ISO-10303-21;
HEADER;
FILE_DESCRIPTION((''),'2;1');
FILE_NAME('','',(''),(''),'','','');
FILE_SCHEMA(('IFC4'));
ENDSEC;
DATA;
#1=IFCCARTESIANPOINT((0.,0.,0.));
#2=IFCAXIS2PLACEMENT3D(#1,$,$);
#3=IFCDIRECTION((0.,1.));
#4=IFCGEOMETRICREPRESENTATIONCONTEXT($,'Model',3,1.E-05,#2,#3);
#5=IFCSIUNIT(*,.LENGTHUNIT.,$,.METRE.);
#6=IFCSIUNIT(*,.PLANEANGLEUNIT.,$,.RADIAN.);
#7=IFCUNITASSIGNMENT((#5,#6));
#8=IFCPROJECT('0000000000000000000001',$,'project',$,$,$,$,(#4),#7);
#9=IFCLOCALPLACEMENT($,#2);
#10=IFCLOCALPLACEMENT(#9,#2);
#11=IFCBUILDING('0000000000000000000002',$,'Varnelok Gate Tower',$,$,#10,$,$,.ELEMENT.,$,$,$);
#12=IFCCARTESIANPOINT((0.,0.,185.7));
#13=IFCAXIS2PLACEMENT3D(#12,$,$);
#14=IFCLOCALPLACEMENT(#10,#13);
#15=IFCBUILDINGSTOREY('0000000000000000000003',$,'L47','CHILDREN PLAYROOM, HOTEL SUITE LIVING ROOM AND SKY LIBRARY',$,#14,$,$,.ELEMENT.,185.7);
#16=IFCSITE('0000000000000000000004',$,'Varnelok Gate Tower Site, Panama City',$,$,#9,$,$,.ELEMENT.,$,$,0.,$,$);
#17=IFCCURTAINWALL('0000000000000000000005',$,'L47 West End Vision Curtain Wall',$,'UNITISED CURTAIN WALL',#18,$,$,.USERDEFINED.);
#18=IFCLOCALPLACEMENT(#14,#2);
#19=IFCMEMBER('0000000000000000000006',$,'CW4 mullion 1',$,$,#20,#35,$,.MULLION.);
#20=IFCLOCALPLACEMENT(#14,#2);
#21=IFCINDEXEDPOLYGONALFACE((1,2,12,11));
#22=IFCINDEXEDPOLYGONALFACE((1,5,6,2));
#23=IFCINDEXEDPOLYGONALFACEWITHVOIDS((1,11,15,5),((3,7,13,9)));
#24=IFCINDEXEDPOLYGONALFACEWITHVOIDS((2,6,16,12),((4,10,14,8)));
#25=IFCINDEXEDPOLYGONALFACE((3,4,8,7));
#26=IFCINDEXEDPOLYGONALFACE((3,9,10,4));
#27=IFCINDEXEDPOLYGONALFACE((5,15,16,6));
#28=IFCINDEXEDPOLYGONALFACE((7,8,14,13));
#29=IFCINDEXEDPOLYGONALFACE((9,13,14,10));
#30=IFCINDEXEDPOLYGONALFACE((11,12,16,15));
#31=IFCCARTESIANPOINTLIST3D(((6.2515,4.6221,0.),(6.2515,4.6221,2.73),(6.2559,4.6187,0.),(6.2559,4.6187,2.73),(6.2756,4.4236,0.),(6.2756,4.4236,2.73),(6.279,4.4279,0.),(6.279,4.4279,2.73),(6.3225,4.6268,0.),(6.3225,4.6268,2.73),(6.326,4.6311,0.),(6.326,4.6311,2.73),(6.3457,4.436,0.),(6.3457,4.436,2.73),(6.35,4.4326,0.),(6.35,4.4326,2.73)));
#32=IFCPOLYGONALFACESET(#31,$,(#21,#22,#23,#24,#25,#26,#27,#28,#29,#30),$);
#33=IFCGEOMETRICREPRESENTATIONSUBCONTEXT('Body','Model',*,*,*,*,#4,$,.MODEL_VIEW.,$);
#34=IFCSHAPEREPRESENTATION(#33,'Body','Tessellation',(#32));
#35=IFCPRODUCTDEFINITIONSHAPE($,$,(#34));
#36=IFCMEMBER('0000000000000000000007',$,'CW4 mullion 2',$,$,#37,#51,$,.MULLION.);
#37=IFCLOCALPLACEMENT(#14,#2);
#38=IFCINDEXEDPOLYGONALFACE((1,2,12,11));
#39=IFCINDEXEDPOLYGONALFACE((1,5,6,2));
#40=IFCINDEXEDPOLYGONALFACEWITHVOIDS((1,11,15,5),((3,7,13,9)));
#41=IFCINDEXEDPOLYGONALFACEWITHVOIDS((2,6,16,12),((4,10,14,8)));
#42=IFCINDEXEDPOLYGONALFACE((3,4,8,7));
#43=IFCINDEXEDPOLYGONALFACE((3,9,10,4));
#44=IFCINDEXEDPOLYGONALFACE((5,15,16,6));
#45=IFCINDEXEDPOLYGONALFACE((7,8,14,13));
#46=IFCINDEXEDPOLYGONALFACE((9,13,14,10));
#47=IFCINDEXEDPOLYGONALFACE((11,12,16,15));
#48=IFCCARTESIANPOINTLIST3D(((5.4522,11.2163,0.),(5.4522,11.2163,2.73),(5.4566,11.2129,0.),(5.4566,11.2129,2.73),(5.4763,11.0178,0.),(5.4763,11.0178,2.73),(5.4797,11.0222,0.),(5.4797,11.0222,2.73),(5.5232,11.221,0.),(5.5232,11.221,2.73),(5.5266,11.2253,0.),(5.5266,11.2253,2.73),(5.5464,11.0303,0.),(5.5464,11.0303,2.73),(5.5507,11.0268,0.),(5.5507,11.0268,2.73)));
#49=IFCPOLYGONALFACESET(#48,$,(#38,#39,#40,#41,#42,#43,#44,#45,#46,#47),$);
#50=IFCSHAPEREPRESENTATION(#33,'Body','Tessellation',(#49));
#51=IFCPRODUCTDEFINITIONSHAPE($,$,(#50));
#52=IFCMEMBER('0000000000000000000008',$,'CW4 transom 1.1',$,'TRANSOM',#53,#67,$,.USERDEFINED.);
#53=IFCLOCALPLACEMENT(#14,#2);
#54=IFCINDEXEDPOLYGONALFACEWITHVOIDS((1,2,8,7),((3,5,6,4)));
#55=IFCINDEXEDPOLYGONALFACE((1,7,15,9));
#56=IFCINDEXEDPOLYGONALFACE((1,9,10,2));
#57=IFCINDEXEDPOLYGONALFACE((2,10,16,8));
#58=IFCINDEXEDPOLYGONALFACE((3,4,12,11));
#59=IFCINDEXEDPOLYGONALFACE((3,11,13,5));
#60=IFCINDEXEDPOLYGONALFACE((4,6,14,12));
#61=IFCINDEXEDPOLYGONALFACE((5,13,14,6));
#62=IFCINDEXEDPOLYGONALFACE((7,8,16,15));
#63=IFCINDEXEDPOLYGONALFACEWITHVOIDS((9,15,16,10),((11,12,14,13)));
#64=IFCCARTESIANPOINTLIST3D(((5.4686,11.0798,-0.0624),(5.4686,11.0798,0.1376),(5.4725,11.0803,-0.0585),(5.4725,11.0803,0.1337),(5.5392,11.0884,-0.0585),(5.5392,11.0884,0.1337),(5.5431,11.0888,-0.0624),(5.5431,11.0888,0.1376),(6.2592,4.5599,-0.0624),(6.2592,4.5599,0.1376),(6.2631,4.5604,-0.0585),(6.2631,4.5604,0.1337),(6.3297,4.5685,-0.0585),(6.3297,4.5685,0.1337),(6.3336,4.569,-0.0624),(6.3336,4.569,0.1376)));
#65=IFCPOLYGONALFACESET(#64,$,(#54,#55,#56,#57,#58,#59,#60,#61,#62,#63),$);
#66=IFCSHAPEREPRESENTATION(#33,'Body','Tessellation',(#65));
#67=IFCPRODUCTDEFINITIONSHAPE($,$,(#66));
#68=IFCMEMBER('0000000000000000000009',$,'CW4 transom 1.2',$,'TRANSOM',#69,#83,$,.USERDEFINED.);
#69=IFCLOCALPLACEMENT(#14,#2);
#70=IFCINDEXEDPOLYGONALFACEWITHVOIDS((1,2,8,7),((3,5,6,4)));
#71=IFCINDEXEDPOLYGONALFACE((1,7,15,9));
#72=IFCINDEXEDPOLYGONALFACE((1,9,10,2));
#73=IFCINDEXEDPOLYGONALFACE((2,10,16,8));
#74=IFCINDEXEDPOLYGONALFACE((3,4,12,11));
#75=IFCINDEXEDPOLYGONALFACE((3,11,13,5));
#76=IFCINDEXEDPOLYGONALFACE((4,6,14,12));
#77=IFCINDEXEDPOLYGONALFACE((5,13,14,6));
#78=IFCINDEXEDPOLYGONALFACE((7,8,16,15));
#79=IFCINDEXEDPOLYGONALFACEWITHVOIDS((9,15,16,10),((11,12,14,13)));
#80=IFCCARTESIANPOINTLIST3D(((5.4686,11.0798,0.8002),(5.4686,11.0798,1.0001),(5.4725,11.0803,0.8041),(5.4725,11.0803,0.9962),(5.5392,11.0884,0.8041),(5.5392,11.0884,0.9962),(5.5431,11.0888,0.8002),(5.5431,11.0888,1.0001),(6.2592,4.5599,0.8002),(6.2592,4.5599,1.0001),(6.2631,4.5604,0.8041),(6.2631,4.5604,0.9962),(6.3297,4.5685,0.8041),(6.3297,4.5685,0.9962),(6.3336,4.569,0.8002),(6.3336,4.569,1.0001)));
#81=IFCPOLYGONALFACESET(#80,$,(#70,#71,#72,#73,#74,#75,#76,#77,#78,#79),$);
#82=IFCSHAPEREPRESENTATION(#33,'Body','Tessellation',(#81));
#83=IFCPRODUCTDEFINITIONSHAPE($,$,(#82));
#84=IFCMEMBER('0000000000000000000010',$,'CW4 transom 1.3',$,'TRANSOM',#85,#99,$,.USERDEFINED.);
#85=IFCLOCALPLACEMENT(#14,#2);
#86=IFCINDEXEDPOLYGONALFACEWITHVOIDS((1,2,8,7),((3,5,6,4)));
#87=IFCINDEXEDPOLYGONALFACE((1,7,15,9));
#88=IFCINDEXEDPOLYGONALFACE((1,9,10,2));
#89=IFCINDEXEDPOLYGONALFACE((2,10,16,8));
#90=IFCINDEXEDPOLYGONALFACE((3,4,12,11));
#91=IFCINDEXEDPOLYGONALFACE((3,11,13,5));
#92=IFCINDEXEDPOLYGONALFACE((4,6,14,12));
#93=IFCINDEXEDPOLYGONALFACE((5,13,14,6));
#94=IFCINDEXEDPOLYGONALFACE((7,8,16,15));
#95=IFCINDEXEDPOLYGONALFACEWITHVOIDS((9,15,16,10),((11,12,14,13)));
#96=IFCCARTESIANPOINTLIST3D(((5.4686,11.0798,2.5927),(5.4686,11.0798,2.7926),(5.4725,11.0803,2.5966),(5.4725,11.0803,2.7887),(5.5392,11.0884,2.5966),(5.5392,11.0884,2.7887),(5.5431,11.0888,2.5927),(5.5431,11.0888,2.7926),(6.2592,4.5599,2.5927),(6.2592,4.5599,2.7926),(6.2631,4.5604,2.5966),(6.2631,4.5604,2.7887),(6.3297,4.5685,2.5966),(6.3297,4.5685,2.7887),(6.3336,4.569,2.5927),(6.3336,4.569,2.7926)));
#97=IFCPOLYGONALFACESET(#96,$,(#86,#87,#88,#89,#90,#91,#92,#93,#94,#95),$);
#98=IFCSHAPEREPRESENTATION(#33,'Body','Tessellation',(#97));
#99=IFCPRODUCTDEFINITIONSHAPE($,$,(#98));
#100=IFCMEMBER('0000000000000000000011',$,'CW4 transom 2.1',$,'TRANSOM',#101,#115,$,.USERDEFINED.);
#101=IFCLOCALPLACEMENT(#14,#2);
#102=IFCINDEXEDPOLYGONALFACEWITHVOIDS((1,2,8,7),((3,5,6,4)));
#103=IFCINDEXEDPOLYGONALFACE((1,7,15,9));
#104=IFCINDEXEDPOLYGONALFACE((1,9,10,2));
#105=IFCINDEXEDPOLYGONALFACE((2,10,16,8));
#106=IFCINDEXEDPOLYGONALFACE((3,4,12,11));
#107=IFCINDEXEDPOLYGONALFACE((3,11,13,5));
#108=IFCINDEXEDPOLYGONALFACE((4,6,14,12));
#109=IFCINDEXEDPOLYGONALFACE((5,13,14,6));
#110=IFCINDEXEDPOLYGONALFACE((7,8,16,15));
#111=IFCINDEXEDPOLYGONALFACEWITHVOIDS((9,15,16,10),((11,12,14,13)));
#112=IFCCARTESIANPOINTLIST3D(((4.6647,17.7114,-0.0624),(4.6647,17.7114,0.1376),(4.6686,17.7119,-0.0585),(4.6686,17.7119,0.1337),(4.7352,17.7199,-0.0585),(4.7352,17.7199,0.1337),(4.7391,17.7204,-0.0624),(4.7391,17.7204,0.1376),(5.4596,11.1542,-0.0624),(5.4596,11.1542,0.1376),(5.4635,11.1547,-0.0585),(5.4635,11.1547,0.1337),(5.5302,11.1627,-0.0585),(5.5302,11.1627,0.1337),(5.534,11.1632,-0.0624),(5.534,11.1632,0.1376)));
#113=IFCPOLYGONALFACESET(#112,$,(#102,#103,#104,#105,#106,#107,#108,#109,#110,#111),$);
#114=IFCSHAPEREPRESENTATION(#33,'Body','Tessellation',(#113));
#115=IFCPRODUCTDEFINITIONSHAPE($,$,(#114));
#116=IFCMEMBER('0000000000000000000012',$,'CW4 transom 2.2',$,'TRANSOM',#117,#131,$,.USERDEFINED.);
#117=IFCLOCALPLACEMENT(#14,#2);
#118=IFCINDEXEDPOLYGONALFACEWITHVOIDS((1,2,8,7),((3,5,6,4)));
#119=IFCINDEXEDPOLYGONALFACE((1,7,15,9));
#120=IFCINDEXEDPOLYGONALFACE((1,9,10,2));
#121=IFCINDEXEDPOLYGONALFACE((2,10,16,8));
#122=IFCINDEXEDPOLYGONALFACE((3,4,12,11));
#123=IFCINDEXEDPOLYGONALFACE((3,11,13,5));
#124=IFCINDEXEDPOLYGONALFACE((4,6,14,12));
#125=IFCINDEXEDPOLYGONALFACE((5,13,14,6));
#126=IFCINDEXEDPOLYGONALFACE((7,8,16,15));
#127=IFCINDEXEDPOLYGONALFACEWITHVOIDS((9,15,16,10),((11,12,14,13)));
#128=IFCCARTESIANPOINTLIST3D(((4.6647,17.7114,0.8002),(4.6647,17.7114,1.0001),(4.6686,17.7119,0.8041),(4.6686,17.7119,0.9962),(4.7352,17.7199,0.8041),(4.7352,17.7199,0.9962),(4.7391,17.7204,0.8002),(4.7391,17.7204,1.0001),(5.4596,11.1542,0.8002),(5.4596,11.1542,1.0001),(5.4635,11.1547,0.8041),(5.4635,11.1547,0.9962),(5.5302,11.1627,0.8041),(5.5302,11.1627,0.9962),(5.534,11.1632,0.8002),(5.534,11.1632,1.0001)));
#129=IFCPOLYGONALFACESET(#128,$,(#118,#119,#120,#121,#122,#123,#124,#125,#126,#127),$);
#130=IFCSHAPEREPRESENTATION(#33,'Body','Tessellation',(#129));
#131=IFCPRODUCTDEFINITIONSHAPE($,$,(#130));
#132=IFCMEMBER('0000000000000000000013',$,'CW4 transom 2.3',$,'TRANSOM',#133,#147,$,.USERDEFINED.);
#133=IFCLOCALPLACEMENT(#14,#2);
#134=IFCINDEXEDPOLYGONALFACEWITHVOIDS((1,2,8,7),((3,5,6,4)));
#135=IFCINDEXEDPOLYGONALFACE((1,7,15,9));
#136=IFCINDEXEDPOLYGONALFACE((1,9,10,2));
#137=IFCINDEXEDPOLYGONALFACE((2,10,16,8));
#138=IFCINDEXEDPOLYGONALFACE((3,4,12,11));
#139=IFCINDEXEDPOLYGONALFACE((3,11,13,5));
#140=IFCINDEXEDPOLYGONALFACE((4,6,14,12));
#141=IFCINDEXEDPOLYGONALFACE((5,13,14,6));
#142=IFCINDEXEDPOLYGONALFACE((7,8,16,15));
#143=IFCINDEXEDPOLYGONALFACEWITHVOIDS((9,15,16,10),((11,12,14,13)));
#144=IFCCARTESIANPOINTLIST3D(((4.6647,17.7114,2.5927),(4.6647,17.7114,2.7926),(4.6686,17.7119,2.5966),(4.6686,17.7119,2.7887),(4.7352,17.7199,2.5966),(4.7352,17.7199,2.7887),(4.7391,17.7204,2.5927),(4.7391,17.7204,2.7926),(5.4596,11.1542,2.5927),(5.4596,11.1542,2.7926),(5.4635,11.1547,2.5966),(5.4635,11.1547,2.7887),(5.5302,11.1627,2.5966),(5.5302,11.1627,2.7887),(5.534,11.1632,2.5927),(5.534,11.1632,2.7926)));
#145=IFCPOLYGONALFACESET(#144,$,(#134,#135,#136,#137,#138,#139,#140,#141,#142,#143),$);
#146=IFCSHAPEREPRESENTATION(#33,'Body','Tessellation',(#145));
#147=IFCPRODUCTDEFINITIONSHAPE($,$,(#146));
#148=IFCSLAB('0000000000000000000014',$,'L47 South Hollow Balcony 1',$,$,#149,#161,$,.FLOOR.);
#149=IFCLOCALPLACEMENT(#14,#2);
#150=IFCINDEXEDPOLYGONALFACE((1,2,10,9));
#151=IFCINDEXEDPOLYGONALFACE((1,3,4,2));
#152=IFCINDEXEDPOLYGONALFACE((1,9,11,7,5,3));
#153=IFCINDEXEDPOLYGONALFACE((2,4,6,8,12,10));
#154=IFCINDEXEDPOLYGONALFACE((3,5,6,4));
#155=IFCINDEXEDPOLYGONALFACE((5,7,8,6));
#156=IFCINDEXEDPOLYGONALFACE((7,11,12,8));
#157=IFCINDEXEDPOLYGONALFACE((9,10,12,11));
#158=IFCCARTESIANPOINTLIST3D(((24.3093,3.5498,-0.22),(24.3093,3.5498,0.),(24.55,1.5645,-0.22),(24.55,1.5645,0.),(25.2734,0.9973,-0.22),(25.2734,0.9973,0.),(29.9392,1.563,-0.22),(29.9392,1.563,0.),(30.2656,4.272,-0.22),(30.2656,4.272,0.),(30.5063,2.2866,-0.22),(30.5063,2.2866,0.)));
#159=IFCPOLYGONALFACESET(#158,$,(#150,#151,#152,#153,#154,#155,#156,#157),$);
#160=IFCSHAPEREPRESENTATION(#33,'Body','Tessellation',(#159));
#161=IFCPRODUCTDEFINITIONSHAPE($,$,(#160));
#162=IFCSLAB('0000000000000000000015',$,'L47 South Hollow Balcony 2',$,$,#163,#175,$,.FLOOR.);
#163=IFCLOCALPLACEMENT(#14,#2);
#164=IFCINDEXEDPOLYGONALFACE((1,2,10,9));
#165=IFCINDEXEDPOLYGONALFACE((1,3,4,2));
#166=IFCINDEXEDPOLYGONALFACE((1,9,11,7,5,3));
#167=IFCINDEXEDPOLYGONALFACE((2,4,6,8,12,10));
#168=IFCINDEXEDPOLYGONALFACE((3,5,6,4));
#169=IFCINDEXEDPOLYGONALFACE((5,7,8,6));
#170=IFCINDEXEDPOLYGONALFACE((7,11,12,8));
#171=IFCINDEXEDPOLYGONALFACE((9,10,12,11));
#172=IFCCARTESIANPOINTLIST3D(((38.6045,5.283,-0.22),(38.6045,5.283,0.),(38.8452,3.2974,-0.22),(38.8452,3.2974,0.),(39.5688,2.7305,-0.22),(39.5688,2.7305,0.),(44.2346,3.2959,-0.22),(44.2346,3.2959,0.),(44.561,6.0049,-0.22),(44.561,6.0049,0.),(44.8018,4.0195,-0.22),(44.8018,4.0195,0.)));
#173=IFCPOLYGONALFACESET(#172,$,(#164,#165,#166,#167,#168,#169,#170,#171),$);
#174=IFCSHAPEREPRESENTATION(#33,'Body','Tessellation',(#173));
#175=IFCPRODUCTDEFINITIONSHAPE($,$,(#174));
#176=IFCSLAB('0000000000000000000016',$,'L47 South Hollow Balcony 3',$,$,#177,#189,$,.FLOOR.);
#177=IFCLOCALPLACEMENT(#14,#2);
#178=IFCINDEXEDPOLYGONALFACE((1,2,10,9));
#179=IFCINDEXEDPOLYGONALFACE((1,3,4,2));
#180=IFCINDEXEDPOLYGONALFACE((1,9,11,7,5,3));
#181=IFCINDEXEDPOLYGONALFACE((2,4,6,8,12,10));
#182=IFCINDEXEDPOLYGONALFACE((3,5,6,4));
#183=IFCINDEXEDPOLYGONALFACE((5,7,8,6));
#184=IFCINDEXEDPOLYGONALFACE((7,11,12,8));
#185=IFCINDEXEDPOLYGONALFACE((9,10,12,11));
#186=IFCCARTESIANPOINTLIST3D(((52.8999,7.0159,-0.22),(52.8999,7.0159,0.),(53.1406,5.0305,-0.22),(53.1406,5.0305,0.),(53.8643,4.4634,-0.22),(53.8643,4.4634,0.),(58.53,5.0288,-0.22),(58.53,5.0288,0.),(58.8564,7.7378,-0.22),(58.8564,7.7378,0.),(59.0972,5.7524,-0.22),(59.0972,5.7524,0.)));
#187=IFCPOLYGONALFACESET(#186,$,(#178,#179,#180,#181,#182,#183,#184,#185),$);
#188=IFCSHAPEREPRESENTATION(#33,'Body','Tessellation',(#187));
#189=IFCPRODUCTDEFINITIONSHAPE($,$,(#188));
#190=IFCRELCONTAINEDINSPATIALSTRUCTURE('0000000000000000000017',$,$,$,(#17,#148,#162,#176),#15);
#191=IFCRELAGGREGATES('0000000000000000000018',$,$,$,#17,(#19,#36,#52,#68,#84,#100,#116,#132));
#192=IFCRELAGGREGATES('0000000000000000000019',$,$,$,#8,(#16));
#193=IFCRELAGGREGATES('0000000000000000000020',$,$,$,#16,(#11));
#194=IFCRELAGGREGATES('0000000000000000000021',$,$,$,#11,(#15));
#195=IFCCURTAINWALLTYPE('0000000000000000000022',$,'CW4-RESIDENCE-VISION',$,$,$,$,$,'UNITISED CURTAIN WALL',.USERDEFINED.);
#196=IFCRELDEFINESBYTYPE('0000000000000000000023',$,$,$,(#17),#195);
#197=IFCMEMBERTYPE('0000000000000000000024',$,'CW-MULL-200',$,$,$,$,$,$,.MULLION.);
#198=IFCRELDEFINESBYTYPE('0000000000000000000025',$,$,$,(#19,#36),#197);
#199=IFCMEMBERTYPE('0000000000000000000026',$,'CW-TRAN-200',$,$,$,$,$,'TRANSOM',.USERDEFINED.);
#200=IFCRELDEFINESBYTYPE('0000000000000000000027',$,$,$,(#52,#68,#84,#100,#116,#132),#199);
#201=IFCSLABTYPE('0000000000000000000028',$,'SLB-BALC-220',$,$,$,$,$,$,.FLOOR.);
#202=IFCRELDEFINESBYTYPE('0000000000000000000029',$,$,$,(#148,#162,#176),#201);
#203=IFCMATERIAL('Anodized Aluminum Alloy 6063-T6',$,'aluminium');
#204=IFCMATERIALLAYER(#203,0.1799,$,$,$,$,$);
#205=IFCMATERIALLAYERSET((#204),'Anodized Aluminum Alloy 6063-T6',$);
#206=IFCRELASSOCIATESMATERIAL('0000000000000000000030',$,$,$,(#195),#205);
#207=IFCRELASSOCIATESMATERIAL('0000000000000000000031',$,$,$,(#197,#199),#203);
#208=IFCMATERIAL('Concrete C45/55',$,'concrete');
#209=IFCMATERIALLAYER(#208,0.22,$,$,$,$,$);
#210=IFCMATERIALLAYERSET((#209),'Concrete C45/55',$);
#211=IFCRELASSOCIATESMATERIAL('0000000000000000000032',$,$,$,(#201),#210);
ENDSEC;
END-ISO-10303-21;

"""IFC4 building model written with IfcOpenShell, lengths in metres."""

from ifc_helpers import new_model, si_unit, direction, frame, origin, origin_2d, place, context, subcontext, project, spatial, polyline, hollow_rectangle, outline, extrude, material, layer, layer_set, material_profile, profile_set, type_object, element, aggregate, save


model = new_model("IFC4")

# Units and contexts
model_context = context("Model", 3, precision=1e-05, world=origin(), true_north=direction((0.0, 1.0)))
body_context = subcontext(model_context, "Body", "Model", "MODEL_VIEW")
ifc_project = project(units=[si_unit("LENGTHUNIT", "METRE"), si_unit("PLANEANGLEUNIT", "RADIAN")], contexts=[model_context])

# Site, building, storey
site_placement = place(None, origin())
site = spatial("IfcSite", under=ifc_project, at=site_placement, Name="Varnelok Gate Tower Site, Panama City", CompositionType="ELEMENT", RefElevation=0.0)
building_placement = place(site_placement, origin())
building = spatial("IfcBuilding", under=site, at=building_placement, Name="Varnelok Gate Tower", CompositionType="ELEMENT")
storey_placement = place(building_placement, frame((0.0, 0.0, 185.7)))
storey = spatial("IfcBuildingStorey", under=building, at=storey_placement, Name="L47", Description="CHILDREN PLAYROOM, HOTEL SUITE LIVING ROOM AND SKY LIBRARY", CompositionType="ELEMENT", Elevation=185.7)

# Curtain wall, members
ifc_material_1 = material(Name="Anodized Aluminum Alloy 6063-T6", Category="aluminium")
ifc_layer_1 = layer(ifc_material_1, 0.1799)
ifc_layer_set_1 = layer_set([ifc_layer_1], Name="Anodized Aluminum Alloy 6063-T6")
curtain_wall_type = type_object("IfcCurtainWallType", Name="CW4-RESIDENCE-VISION", ElementType="UNITISED CURTAIN WALL", PredefinedType="USERDEFINED", material=ifc_layer_set_1)
curtain_wall_placement = place(storey_placement, origin())
curtain_wall = element("IfcCurtainWall", 1, at=curtain_wall_placement, inside=storey, type_object=curtain_wall_type, Name="L47 West End Vision Curtain Wall", ObjectType="UNITISED CURTAIN WALL", PredefinedType="USERDEFINED")
ifc_material_profile_1 = material_profile(ifc_material_1, hollow_rectangle(XDim=0.075, YDim=0.2, WallThickness=0.0039, at=origin_2d()), Name="ALU200X75X4")
ifc_profile_set_1 = profile_set([ifc_material_profile_1], Name="Anodized Aluminum Alloy 6063-T6")
member_type_1 = type_object("IfcMemberType", Name="CW-MULL-200", PredefinedType="MULLION", material=ifc_profile_set_1)
member_1_placement = place(storey_placement, frame((6.3008, 4.5273, 0.0), z_axis=(0.0, 0.0, 1.0), x_axis=(-0.992732, -0.120345, 0.0)))
member_1 = element("IfcMember", 2, at=member_1_placement, type_object=member_type_1, Name="CW4 mullion 1", PredefinedType="MULLION", context=body_context, shape_type="SweptSolid", body=[
    extrude(hollow_rectangle(XDim=0.075, YDim=0.2, WallThickness=0.0039, at=origin_2d()), origin(), (0.0, 0.0, 1.0), 2.73),
])
member_2_placement = place(storey_placement, frame((5.5015, 11.1216, 0.0), z_axis=(0.0, 0.0, 1.0), x_axis=(-0.992732, -0.120345, 0.0)))
member_2 = element("IfcMember", 3, at=member_2_placement, type_object=member_type_1, Name="CW4 mullion 2", PredefinedType="MULLION", context=body_context, shape_type="SweptSolid", body=[
    extrude(hollow_rectangle(XDim=0.075, YDim=0.2, WallThickness=0.0039, at=origin_2d()), origin(), (0.0, 0.0, 1.0), 2.73),
])
ifc_material_profile_2 = material_profile(ifc_material_1, hollow_rectangle(XDim=0.075, YDim=0.2, WallThickness=0.0039, at=origin_2d()), Name="ALU200X75X4")
ifc_profile_set_2 = profile_set([ifc_material_profile_2], Name="Anodized Aluminum Alloy 6063-T6")
member_type_2 = type_object("IfcMemberType", Name="CW-TRAN-200", ElementType="TRANSOM", PredefinedType="USERDEFINED", material=ifc_profile_set_2)
member_3_placement = place(storey_placement, frame((6.2964, 4.5645, 0.0376), z_axis=(-0.120369, 0.992729, 0.0), x_axis=(-0.992729, -0.120369, 0.0)))
member_3 = element("IfcMember", 4, at=member_3_placement, type_object=member_type_2, Name="CW4 transom 1.1", ObjectType="TRANSOM", PredefinedType="USERDEFINED", context=body_context, shape_type="SweptSolid", body=[
    extrude(hollow_rectangle(XDim=0.075, YDim=0.2, WallThickness=0.0039, at=origin_2d()), origin(), (0.0, 0.0, 1.0), 6.5676),
])
member_4_placement = place(storey_placement, frame((6.2964, 4.5645, 0.9001), z_axis=(-0.120369, 0.992729, 0.0), x_axis=(-0.992729, -0.120369, 0.0)))
member_4 = element("IfcMember", 5, at=member_4_placement, type_object=member_type_2, Name="CW4 transom 1.2", ObjectType="TRANSOM", PredefinedType="USERDEFINED", context=body_context, shape_type="SweptSolid", body=[
    extrude(hollow_rectangle(XDim=0.075, YDim=0.2, WallThickness=0.0039, at=origin_2d()), origin(), (0.0, 0.0, 1.0), 6.5676),
])
member_5_placement = place(storey_placement, frame((6.2964, 4.5645, 2.6926), z_axis=(-0.120369, 0.992729, 0.0), x_axis=(-0.992729, -0.120369, 0.0)))
member_5 = element("IfcMember", 6, at=member_5_placement, type_object=member_type_2, Name="CW4 transom 1.3", ObjectType="TRANSOM", PredefinedType="USERDEFINED", context=body_context, shape_type="SweptSolid", body=[
    extrude(hollow_rectangle(XDim=0.075, YDim=0.2, WallThickness=0.0039, at=origin_2d()), origin(), (0.0, 0.0, 1.0), 6.5676),
])
member_6_placement = place(storey_placement, frame((5.4968, 11.1587, 0.0376), z_axis=(-0.120349, 0.992732, 0.0), x_axis=(-0.992732, -0.120349, 0.0)))
member_6 = element("IfcMember", 7, at=member_6_placement, type_object=member_type_2, Name="CW4 transom 2.1", ObjectType="TRANSOM", PredefinedType="USERDEFINED", context=body_context, shape_type="SweptSolid", body=[
    extrude(hollow_rectangle(XDim=0.075, YDim=0.2, WallThickness=0.0039, at=origin_2d()), origin(), (0.0, 0.0, 1.0), 6.6052),
])
member_7_placement = place(storey_placement, frame((5.4968, 11.1587, 0.9001), z_axis=(-0.120349, 0.992732, 0.0), x_axis=(-0.992732, -0.120349, 0.0)))
member_7 = element("IfcMember", 8, at=member_7_placement, type_object=member_type_2, Name="CW4 transom 2.2", ObjectType="TRANSOM", PredefinedType="USERDEFINED", context=body_context, shape_type="SweptSolid", body=[
    extrude(hollow_rectangle(XDim=0.075, YDim=0.2, WallThickness=0.0039, at=origin_2d()), origin(), (0.0, 0.0, 1.0), 6.6052),
])
member_8_placement = place(storey_placement, frame((5.4968, 11.1587, 2.6926), z_axis=(-0.120349, 0.992732, 0.0), x_axis=(-0.992732, -0.120349, 0.0)))
member_8 = element("IfcMember", 9, at=member_8_placement, type_object=member_type_2, Name="CW4 transom 2.3", ObjectType="TRANSOM", PredefinedType="USERDEFINED", context=body_context, shape_type="SweptSolid", body=[
    extrude(hollow_rectangle(XDim=0.075, YDim=0.2, WallThickness=0.0039, at=origin_2d()), origin(), (0.0, 0.0, 1.0), 6.6052),
])

# Slabs
ifc_material_2 = material(Name="Concrete C45/55", Category="concrete")
ifc_layer_2 = layer(ifc_material_2, 0.22)
ifc_layer_set_2 = layer_set([ifc_layer_2], Name="Concrete C45/55")
slab_type_1 = type_object("IfcSlabType", Name="SLB-BALC-220", PredefinedType="FLOOR", material=ifc_layer_set_2)
slab_1_placement = place(storey_placement, frame((0.0, 0.0, -0.22)))
element("IfcSlab", 10, at=slab_1_placement, inside=storey, type_object=slab_type_1, Name="L47 South Hollow Balcony 1", PredefinedType="FLOOR", context=body_context, shape_type="SweptSolid", body=[
    extrude(outline(polyline([(24.55, 1.5645), (25.2734, 0.9973), (29.9392, 1.563), (30.5063, 2.2866), (30.2656, 4.272), (24.3093, 3.5498), (24.55, 1.5645)])), origin(), (0.0, 0.0, 1.0), 0.22),
])
slab_2_placement = place(storey_placement, frame((0.0, 0.0, -0.22)))
element("IfcSlab", 11, at=slab_2_placement, inside=storey, type_object=slab_type_1, Name="L47 South Hollow Balcony 2", PredefinedType="FLOOR", context=body_context, shape_type="SweptSolid", body=[
    extrude(outline(polyline([(38.8452, 3.2974), (39.5688, 2.7305), (44.2346, 3.2959), (44.8018, 4.0195), (44.561, 6.0049), (38.6045, 5.283), (38.8452, 3.2974)])), origin(), (0.0, 0.0, 1.0), 0.22),
])
slab_3_placement = place(storey_placement, frame((0.0, 0.0, -0.22)))
element("IfcSlab", 12, at=slab_3_placement, inside=storey, type_object=slab_type_1, Name="L47 South Hollow Balcony 3", PredefinedType="FLOOR", context=body_context, shape_type="SweptSolid", body=[
    extrude(outline(polyline([(53.1406, 5.0305), (53.8643, 4.4634), (58.53, 5.0288), (59.0972, 5.7524), (58.8564, 7.7378), (52.8999, 7.0159), (53.1406, 5.0305)])), origin(), (0.0, 0.0, 1.0), 0.22),
])

aggregate(curtain_wall, [member_1, member_2, member_3, member_4, member_5, member_6, member_7, member_8])

save(model, "model.ifc")
